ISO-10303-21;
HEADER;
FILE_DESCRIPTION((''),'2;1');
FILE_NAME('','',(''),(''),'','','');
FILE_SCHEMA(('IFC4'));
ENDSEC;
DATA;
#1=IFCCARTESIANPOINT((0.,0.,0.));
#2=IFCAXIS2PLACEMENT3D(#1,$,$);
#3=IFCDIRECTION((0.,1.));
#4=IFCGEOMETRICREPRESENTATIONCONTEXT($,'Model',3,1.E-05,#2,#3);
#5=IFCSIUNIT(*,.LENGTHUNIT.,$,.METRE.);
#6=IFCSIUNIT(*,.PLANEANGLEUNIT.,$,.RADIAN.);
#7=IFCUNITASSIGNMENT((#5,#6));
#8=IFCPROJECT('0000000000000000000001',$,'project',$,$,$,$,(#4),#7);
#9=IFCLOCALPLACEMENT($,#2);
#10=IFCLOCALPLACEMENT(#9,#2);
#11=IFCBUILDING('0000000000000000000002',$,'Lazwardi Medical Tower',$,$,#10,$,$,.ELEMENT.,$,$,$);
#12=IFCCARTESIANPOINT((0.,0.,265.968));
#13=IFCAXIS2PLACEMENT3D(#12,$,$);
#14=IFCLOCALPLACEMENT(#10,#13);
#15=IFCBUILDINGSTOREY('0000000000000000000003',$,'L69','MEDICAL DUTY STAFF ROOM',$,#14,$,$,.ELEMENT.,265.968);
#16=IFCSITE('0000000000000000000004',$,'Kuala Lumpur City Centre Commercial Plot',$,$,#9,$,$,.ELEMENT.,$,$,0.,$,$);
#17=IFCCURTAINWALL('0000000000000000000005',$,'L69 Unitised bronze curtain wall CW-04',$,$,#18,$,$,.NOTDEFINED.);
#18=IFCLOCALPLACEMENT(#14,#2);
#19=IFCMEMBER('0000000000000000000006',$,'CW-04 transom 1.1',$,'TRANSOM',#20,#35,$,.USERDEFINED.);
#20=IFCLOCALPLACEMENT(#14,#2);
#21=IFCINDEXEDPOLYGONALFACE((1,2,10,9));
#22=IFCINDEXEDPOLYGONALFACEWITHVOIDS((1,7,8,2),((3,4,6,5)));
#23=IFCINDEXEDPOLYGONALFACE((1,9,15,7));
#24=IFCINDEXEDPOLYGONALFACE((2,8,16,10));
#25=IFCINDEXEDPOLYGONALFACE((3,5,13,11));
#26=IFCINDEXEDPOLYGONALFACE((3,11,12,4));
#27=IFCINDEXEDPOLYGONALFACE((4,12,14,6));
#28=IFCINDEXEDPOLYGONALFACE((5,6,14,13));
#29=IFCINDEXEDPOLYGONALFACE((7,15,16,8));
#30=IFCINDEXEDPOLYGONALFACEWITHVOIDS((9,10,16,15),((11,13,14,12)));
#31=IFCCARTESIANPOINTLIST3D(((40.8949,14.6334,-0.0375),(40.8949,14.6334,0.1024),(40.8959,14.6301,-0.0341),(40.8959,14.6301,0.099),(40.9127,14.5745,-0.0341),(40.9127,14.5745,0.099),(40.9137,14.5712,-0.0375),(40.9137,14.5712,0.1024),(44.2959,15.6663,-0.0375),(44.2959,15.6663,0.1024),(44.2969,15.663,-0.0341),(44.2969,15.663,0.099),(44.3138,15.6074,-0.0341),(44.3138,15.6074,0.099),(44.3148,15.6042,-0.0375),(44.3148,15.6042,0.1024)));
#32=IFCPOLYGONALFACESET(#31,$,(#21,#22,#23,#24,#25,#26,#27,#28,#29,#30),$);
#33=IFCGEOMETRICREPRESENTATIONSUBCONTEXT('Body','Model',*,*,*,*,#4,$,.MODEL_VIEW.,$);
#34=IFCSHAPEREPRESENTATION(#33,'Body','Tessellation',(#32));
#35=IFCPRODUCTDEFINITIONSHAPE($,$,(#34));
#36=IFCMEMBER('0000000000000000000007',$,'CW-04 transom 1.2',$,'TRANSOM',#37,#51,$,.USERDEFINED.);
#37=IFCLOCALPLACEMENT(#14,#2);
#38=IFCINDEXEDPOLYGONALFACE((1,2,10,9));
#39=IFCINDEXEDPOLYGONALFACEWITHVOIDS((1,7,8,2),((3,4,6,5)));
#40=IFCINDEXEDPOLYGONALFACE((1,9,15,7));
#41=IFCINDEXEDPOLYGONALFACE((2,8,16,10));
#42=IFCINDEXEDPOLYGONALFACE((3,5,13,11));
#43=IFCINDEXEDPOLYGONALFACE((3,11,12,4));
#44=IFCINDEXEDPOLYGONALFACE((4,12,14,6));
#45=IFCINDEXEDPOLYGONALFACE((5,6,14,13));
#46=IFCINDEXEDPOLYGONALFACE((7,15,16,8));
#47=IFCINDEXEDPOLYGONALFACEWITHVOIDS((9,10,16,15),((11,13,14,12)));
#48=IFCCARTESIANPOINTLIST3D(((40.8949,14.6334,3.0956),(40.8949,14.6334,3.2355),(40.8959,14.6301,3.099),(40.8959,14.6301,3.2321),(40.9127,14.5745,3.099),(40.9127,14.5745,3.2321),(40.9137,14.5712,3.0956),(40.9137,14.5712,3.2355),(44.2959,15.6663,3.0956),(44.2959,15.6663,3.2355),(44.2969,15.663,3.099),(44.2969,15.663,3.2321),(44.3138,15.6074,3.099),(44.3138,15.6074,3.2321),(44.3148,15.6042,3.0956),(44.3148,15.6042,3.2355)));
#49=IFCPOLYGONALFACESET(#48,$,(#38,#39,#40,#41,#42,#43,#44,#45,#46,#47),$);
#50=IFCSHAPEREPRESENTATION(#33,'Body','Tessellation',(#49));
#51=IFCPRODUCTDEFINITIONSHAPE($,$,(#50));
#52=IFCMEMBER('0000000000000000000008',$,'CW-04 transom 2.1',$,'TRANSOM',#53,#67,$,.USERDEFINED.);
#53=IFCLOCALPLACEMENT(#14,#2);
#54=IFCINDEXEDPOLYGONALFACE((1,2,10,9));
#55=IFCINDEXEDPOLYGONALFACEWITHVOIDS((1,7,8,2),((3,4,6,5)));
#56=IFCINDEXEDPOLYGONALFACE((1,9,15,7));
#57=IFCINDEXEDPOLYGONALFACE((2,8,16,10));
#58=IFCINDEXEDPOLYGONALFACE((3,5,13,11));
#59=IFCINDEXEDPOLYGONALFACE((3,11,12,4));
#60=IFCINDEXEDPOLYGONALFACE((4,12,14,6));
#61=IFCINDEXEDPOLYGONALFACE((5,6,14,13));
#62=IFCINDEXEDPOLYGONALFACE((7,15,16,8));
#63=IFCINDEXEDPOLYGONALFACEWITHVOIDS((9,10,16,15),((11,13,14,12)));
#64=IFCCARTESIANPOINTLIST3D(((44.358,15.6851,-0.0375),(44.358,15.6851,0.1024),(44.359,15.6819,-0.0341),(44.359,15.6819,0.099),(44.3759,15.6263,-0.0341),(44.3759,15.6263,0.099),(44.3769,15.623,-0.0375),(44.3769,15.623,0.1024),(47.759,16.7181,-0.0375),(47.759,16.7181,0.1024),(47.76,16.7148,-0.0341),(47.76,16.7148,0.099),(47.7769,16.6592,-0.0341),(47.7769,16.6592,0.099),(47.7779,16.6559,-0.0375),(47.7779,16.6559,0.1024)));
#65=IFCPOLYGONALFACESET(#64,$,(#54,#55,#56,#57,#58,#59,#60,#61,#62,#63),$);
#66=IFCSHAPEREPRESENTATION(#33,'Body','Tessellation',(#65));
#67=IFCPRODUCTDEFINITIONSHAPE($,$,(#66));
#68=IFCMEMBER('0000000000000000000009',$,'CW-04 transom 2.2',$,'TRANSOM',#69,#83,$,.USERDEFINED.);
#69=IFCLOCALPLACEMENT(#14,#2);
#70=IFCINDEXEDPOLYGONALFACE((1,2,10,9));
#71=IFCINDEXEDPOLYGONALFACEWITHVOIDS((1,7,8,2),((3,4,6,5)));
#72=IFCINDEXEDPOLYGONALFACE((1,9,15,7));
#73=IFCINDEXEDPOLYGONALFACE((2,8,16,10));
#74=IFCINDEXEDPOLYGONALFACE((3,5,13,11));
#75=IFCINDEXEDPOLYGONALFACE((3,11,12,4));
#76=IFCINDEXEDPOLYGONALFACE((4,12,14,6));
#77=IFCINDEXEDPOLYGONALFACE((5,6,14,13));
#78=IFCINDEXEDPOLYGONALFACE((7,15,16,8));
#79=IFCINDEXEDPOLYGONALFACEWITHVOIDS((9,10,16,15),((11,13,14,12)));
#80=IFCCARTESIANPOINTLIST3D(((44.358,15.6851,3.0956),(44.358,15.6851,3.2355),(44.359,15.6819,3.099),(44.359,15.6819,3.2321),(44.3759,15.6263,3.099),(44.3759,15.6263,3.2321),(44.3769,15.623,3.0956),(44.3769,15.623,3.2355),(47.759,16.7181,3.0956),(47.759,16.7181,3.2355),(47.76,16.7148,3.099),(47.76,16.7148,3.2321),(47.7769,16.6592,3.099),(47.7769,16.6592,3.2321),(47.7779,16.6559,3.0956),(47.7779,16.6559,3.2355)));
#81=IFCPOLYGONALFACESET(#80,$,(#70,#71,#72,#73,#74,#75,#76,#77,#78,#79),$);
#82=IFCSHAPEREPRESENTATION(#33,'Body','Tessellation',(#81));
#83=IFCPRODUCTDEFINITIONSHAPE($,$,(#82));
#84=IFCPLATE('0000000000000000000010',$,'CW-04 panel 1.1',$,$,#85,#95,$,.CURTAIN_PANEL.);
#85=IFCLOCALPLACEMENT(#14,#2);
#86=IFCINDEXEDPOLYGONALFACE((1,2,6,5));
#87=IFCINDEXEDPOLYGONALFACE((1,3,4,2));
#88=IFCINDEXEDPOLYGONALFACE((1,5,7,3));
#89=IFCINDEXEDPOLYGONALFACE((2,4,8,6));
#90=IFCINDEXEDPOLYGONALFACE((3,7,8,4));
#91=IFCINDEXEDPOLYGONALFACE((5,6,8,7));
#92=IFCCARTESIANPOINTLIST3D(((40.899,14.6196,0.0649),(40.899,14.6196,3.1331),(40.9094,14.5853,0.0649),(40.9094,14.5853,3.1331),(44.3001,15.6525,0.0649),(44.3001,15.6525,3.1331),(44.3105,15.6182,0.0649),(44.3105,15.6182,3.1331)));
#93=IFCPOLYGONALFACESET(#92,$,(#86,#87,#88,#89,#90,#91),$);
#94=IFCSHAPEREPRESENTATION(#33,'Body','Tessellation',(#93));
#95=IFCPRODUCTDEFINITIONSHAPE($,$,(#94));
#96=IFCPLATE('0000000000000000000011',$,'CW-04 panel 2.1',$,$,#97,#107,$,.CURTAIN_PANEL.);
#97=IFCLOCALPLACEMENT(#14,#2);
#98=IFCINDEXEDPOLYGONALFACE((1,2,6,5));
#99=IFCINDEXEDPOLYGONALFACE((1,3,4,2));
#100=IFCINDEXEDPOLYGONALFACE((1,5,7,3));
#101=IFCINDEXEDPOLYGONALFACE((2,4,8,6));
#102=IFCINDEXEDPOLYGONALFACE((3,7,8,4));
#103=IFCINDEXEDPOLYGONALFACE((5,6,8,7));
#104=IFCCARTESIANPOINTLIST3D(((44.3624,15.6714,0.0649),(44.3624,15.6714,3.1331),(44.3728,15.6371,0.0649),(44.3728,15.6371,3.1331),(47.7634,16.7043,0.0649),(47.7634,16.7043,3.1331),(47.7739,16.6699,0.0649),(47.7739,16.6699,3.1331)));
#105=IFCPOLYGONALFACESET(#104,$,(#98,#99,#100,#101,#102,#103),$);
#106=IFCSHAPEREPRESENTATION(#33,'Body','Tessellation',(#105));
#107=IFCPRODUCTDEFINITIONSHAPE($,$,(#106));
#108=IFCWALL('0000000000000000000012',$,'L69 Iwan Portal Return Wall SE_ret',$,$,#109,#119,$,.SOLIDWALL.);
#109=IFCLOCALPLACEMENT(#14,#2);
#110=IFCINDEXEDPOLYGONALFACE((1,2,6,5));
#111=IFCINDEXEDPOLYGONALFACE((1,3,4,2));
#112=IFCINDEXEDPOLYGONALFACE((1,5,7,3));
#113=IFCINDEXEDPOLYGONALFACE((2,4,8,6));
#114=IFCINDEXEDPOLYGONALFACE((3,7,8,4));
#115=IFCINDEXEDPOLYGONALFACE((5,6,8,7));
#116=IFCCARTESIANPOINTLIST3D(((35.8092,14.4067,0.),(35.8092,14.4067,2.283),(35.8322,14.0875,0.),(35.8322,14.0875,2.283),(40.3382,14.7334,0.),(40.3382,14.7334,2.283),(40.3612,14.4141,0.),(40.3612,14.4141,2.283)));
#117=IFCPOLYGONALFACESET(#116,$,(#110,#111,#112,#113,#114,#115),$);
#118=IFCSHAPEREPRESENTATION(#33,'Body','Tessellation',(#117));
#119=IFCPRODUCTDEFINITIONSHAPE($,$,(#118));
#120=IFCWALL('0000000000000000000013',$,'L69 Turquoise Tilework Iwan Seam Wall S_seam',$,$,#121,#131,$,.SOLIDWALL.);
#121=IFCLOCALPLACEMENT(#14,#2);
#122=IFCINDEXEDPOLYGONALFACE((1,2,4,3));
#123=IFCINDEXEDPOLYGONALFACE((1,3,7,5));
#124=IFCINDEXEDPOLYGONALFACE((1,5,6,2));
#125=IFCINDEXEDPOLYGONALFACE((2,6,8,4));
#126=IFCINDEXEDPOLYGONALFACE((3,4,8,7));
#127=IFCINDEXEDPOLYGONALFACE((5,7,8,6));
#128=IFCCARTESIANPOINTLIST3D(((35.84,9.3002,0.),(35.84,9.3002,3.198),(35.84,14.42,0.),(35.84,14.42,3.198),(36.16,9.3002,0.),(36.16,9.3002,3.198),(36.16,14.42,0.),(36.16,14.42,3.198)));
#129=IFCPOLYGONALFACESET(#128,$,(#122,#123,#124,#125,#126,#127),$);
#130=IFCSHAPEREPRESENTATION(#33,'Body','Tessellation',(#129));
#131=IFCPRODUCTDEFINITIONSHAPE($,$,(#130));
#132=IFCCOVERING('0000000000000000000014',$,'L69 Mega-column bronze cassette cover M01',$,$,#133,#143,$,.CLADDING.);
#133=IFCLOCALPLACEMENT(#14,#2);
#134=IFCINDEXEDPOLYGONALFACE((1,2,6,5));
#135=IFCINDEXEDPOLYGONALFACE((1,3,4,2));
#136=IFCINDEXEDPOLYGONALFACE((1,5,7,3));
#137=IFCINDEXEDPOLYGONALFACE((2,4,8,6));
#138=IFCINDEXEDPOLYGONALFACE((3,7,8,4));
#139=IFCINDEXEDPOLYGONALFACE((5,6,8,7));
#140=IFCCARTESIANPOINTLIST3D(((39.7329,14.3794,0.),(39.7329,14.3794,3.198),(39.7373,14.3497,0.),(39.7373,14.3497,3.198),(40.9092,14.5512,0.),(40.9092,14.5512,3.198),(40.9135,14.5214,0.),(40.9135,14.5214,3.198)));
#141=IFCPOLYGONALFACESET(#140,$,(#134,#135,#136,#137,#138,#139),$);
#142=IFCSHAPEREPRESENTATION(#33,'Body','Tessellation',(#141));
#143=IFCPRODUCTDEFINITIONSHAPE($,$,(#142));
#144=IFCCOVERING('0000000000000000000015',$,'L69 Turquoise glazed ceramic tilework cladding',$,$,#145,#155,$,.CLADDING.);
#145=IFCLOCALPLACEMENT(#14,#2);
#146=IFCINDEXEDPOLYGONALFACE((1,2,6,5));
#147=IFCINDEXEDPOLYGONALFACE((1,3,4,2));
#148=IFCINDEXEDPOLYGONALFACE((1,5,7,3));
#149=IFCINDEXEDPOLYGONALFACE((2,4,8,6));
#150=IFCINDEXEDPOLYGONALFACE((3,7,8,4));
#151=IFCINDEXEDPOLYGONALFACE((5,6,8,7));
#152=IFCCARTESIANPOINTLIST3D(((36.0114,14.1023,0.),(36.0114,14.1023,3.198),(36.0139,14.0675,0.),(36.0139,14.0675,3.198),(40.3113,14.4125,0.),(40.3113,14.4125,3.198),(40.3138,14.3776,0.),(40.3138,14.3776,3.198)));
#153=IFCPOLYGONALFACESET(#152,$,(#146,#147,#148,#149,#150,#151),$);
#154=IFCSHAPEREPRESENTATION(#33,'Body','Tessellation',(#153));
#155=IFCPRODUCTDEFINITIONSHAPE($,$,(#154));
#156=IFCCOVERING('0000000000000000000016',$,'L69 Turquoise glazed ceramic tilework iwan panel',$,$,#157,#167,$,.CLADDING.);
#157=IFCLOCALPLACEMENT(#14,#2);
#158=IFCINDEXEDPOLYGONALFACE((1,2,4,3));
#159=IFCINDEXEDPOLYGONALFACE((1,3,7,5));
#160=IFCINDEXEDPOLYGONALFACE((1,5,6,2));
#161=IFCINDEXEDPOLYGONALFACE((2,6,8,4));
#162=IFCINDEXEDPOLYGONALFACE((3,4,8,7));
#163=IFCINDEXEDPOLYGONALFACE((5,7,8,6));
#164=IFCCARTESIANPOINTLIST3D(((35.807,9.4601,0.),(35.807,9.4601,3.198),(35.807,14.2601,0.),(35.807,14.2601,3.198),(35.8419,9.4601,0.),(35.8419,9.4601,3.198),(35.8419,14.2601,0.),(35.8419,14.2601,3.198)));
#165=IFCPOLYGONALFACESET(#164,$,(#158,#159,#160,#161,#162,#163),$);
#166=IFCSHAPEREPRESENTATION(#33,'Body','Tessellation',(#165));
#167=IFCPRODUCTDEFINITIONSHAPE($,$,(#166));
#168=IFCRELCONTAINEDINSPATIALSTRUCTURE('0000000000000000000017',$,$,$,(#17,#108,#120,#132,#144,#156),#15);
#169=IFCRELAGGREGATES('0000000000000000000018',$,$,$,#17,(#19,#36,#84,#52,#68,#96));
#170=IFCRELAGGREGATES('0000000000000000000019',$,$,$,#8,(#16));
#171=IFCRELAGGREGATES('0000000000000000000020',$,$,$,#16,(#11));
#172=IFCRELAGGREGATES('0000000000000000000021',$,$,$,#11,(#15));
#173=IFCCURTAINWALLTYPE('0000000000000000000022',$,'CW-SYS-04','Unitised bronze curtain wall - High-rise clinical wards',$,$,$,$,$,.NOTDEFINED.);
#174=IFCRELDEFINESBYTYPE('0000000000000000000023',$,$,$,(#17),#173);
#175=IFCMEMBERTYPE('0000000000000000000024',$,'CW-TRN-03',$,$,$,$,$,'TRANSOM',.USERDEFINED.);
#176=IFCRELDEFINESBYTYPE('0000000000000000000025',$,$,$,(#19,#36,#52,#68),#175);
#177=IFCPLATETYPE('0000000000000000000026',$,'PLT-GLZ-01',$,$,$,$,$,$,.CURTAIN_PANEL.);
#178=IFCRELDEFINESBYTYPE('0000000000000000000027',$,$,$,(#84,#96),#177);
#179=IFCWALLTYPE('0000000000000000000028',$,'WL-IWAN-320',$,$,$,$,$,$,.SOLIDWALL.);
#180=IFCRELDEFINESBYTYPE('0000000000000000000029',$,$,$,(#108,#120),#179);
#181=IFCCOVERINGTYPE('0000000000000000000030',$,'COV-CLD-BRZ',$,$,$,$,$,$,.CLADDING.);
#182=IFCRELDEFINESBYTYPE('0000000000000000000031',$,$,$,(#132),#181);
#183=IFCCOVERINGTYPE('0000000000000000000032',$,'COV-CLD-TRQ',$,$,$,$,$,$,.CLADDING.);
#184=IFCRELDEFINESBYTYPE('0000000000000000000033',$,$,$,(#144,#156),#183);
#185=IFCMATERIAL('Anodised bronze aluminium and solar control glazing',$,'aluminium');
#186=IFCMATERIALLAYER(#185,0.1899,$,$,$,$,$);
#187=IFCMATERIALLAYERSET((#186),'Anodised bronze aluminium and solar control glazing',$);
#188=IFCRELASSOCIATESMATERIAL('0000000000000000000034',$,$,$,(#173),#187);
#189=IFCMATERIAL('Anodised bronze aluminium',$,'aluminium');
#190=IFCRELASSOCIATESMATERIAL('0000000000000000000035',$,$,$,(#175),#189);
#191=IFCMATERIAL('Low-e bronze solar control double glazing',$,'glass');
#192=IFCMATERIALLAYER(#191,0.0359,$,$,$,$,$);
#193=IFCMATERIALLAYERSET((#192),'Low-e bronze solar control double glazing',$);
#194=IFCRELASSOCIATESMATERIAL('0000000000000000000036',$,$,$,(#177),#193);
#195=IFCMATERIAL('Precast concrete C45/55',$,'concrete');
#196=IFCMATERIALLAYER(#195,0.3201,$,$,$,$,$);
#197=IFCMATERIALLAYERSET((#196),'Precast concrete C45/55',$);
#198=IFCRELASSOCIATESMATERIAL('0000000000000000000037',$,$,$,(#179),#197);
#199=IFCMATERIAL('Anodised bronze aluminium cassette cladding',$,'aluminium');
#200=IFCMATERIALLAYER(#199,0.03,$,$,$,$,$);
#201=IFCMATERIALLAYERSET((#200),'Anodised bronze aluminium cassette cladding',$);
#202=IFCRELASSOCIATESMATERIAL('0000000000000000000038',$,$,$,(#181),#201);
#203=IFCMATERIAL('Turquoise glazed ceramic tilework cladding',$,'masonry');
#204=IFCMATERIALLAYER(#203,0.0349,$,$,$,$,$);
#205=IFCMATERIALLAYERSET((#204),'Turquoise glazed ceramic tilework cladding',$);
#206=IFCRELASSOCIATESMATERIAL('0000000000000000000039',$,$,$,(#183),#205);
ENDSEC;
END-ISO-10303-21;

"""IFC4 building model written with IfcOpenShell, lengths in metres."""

from ifc_helpers import new_model, si_unit, direction, frame, frame_2d, origin, origin_2d, place, context, subcontext, project, spatial, rectangle, hollow_rectangle, extrude, material, layer, layer_set, material_profile, profile_set, type_object, element, aggregate, save


model = new_model("IFC4")

# Units and contexts
model_context = context("Model", 3, precision=1e-05, world=origin(), true_north=direction((0.0, 1.0)))
body_context = subcontext(model_context, "Body", "Model", "MODEL_VIEW")
ifc_project = project(units=[si_unit("LENGTHUNIT", "METRE"), si_unit("PLANEANGLEUNIT", "RADIAN")], contexts=[model_context])

# Site, building, storey
site_placement = place(None, origin())
site = spatial("IfcSite", under=ifc_project, at=site_placement, Name="Kuala Lumpur City Centre Commercial Plot", CompositionType="ELEMENT", RefElevation=0.0)
building_placement = place(site_placement, origin())
building = spatial("IfcBuilding", under=site, at=building_placement, Name="Lazwardi Medical Tower", CompositionType="ELEMENT")
storey_placement = place(building_placement, frame((0.0, 0.0, 265.968)))
storey = spatial("IfcBuildingStorey", under=building, at=storey_placement, Name="L69", Description="MEDICAL DUTY STAFF ROOM", CompositionType="ELEMENT", Elevation=265.968)

# Curtain wall, members, plates
ifc_material_1 = material(Name="Anodised bronze aluminium and solar control glazing", Category="aluminium")
ifc_layer_1 = layer(ifc_material_1, 0.1899)
ifc_layer_set_1 = layer_set([ifc_layer_1], Name="Anodised bronze aluminium and solar control glazing")
curtain_wall_type = type_object("IfcCurtainWallType", Name="CW-SYS-04", Description="Unitised bronze curtain wall - High-rise clinical wards", PredefinedType="NOTDEFINED", material=ifc_layer_set_1)
curtain_wall_placement = place(storey_placement, origin())
curtain_wall = element("IfcCurtainWall", 1, at=curtain_wall_placement, inside=storey, type_object=curtain_wall_type, Name="L69 Unitised bronze curtain wall CW-04", PredefinedType="NOTDEFINED")
ifc_material_2 = material(Name="Anodised bronze aluminium", Category="aluminium")
ifc_material_profile_1 = material_profile(ifc_material_2, hollow_rectangle(XDim=0.0649, YDim=0.1399, WallThickness=0.0034, at=origin_2d()), Name="ALU-TRANSOM 140x65x3.5")
ifc_profile_set_1 = profile_set([ifc_material_profile_1], Name="Anodised bronze aluminium")
member_type_1 = type_object("IfcMemberType", Name="CW-TRN-03", ElementType="TRANSOM", PredefinedType="USERDEFINED", material=ifc_profile_set_1)
member_1_placement = place(storey_placement, frame((40.9043, 14.6023, 0.0325), z_axis=(0.956843, 0.290604, 0.0), x_axis=(-0.290604, 0.956843, 0.0)))
member_1 = element("IfcMember", 2, at=member_1_placement, type_object=member_type_1, Name="CW-04 transom 1.1", ObjectType="TRANSOM", PredefinedType="USERDEFINED", context=body_context, shape_type="SweptSolid", body=[
    extrude(hollow_rectangle(XDim=0.0649, YDim=0.1399, WallThickness=0.0034, at=origin_2d()), origin(), (0.0, 0.0, 1.0), 3.5544),
])
member_2_placement = place(storey_placement, frame((40.9043, 14.6023, 3.1655), z_axis=(0.956843, 0.290604, 0.0), x_axis=(-0.290604, 0.956843, 0.0)))
member_2 = element("IfcMember", 3, at=member_2_placement, type_object=member_type_1, Name="CW-04 transom 1.2", ObjectType="TRANSOM", PredefinedType="USERDEFINED", context=body_context, shape_type="SweptSolid", body=[
    extrude(hollow_rectangle(XDim=0.0649, YDim=0.1399, WallThickness=0.0034, at=origin_2d()), origin(), (0.0, 0.0, 1.0), 3.5544),
])
member_3_placement = place(storey_placement, frame((44.3674, 15.6541, 0.0325), z_axis=(0.956843, 0.290604, 0.0), x_axis=(-0.290604, 0.956843, 0.0)))
member_3 = element("IfcMember", 4, at=member_3_placement, type_object=member_type_1, Name="CW-04 transom 2.1", ObjectType="TRANSOM", PredefinedType="USERDEFINED", context=body_context, shape_type="SweptSolid", body=[
    extrude(hollow_rectangle(XDim=0.0649, YDim=0.1399, WallThickness=0.0034, at=origin_2d()), origin(), (0.0, 0.0, 1.0), 3.5544),
])
member_4_placement = place(storey_placement, frame((44.3674, 15.6541, 3.1655), z_axis=(0.956843, 0.290604, 0.0), x_axis=(-0.290604, 0.956843, 0.0)))
member_4 = element("IfcMember", 5, at=member_4_placement, type_object=member_type_1, Name="CW-04 transom 2.2", ObjectType="TRANSOM", PredefinedType="USERDEFINED", context=body_context, shape_type="SweptSolid", body=[
    extrude(hollow_rectangle(XDim=0.0649, YDim=0.1399, WallThickness=0.0034, at=origin_2d()), origin(), (0.0, 0.0, 1.0), 3.5544),
])
ifc_material_3 = material(Name="Low-e bronze solar control double glazing", Category="glass")
ifc_layer_2 = layer(ifc_material_3, 0.0359)
ifc_layer_set_2 = layer_set([ifc_layer_2], Name="Low-e bronze solar control double glazing")
plate_type = type_object("IfcPlateType", Name="PLT-GLZ-01", PredefinedType="CURTAIN_PANEL", material=ifc_layer_set_2)
plate_1_placement = place(storey_placement, frame((42.6047, 15.1189, 0.0649), z_axis=(0.0, 0.0, 1.0), x_axis=(0.95685, 0.290582, 0.0)))
plate_1 = element("IfcPlate", 6, at=plate_1_placement, type_object=plate_type, Name="CW-04 panel 1.1", PredefinedType="CURTAIN_PANEL", context=body_context, shape_type="SweptSolid", body=[
    extrude(rectangle(XDim=3.5544, YDim=0.0359, at=origin_2d()), origin(), (0.0, 0.0, 1.0), 3.0681),
])
plate_2_placement = place(storey_placement, frame((46.0681, 16.1707, 0.0649), z_axis=(0.0, 0.0, 1.0), x_axis=(0.95685, 0.290582, 0.0)))
plate_2 = element("IfcPlate", 7, at=plate_2_placement, type_object=plate_type, Name="CW-04 panel 2.1", PredefinedType="CURTAIN_PANEL", context=body_context, shape_type="SweptSolid", body=[
    extrude(rectangle(XDim=3.5544, YDim=0.0359, at=origin_2d()), origin(), (0.0, 0.0, 1.0), 3.0681),
])
aggregate(curtain_wall, [member_1, member_2, plate_1, member_3, member_4, plate_2])

# Walls
ifc_material_4 = material(Name="Precast concrete C45/55", Category="concrete")
ifc_layer_3 = layer(ifc_material_4, 0.3201)
ifc_layer_set_3 = layer_set([ifc_layer_3], Name="Precast concrete C45/55")
wall_type = type_object("IfcWallType", Name="WL-IWAN-320", PredefinedType="SOLIDWALL", material=ifc_layer_set_3)
wall_1_placement = place(storey_placement, frame((35.8206, 14.2471, 0.0), z_axis=(0.0, 0.0, 1.0), x_axis=(0.997409, 0.071939, 0.0)))
element("IfcWall", 8, at=wall_1_placement, inside=storey, type_object=wall_type, Name="L69 Iwan Portal Return Wall SE_ret", PredefinedType="SOLIDWALL", context=body_context, shape_type="SweptSolid", body=[
    extrude(rectangle(XDim=4.5408, YDim=0.3201, at=frame_2d((2.2705, 0.0))), origin(), (0.0, 0.0, 1.0), 2.283),
])
wall_2_placement = place(storey_placement, frame((36.0, 9.3, 0.0), z_axis=(0.0, 0.0, 1.0), x_axis=(0.0, 1.0, 0.0)))
element("IfcWall", 9, at=wall_2_placement, inside=storey, type_object=wall_type, Name="L69 Turquoise Tilework Iwan Seam Wall S_seam", PredefinedType="SOLIDWALL", context=body_context, shape_type="SweptSolid", body=[
    extrude(rectangle(XDim=5.1199, YDim=0.3201, at=frame_2d((2.5601, 0.0))), origin(), (0.0, 0.0, 1.0), 3.198),
])

# Coverings
ifc_material_5 = material(Name="Anodised bronze aluminium cassette cladding", Category="aluminium")
ifc_layer_4 = layer(ifc_material_5, 0.03)
ifc_layer_set_4 = layer_set([ifc_layer_4], Name="Anodised bronze aluminium cassette cladding")
covering_type_1 = type_object("IfcCoveringType", Name="COV-CLD-BRZ", PredefinedType="CLADDING", material=ifc_layer_set_4)
covering_1_placement = place(storey_placement, frame((40.3232, 14.4504, 0.0), z_axis=(0.0, 0.0, 1.0), x_axis=(0.989512, 0.144448, 0.0)))
element("IfcCovering", 10, at=covering_1_placement, inside=storey, type_object=covering_type_1, Name="L69 Mega-column bronze cassette cover M01", PredefinedType="CLADDING", context=body_context, shape_type="SweptSolid", body=[
    extrude(rectangle(XDim=1.1887, YDim=0.03, at=origin_2d()), origin(), (0.0, 0.0, 1.0), 3.198),
])
ifc_material_6 = material(Name="Turquoise glazed ceramic tilework cladding", Category="masonry")
ifc_layer_5 = layer(ifc_material_6, 0.0349)
ifc_layer_set_5 = layer_set([ifc_layer_5], Name="Turquoise glazed ceramic tilework cladding")
covering_type_2 = type_object("IfcCoveringType", Name="COV-CLD-TRQ", PredefinedType="CLADDING", material=ifc_layer_set_5)
covering_2_placement = place(storey_placement, frame((38.1626, 14.24, 0.0), z_axis=(0.0, 0.0, 1.0), x_axis=(0.997409, 0.071933, 0.0)))
element("IfcCovering", 11, at=covering_2_placement, inside=storey, type_object=covering_type_2, Name="L69 Turquoise glazed ceramic tilework cladding", PredefinedType="CLADDING", context=body_context, shape_type="SweptSolid", body=[
    extrude(rectangle(XDim=4.311, YDim=0.0349, at=origin_2d()), origin(), (0.0, 0.0, 1.0), 3.198),
])
covering_3_placement = place(storey_placement, frame((35.8245, 11.8601, 0.0), z_axis=(0.0, 0.0, 1.0), x_axis=(0.0, 1.0, 0.0)))
element("IfcCovering", 12, at=covering_3_placement, inside=storey, type_object=covering_type_2, Name="L69 Turquoise glazed ceramic tilework iwan panel", PredefinedType="CLADDING", context=body_context, shape_type="SweptSolid", body=[
    extrude(rectangle(XDim=4.8, YDim=0.0349, at=origin_2d()), origin(), (0.0, 0.0, 1.0), 3.198),
])

save(model, "model.ifc")
